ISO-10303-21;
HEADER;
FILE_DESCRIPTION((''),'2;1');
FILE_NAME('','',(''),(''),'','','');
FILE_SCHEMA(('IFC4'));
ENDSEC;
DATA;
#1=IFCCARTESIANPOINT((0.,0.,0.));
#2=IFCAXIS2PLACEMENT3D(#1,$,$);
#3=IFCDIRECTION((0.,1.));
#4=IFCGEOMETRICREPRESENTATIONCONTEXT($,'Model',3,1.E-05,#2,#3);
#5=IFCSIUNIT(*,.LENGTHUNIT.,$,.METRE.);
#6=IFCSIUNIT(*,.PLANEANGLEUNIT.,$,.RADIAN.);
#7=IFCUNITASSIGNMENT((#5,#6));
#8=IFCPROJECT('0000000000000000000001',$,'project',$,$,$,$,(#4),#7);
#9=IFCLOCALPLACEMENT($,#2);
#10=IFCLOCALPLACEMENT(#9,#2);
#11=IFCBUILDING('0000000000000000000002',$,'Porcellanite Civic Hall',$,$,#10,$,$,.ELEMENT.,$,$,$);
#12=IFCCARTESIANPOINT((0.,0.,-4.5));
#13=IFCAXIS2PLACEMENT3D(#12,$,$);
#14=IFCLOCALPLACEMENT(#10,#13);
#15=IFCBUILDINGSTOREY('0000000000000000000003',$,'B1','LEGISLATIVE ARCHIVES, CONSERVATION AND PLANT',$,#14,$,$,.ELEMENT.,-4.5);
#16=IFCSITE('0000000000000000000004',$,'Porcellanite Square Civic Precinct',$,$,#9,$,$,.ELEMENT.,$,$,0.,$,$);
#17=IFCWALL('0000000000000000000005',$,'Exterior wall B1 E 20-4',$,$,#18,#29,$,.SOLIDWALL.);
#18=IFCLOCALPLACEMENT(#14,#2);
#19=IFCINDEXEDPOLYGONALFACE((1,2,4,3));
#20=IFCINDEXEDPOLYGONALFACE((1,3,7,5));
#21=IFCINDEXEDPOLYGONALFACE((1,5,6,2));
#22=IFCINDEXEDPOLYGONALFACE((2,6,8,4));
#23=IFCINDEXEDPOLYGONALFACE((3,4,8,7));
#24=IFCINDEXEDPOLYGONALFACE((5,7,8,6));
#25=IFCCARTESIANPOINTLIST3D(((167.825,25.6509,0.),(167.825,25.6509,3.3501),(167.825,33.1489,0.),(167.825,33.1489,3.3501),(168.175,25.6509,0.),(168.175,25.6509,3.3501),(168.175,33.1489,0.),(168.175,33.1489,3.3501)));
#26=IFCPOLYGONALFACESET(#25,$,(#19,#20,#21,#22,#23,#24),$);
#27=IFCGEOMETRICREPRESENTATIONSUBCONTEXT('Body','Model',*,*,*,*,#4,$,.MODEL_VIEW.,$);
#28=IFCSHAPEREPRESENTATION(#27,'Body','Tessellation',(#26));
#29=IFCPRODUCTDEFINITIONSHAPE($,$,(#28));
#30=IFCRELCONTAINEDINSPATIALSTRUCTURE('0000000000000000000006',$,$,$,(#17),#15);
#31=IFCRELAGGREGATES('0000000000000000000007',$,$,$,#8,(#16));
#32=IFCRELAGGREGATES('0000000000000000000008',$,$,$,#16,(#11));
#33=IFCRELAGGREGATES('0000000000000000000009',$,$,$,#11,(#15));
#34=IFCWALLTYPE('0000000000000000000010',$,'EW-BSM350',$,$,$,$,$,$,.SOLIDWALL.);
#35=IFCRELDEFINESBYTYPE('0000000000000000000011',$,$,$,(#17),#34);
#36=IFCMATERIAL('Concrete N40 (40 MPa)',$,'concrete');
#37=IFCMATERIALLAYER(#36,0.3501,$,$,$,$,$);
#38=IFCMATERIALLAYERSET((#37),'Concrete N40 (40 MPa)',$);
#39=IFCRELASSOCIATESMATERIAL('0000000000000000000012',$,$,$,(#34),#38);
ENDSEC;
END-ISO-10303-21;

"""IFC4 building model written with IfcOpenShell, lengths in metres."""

from ifc_helpers import new_model, si_unit, direction, frame, frame_2d, origin, place, context, subcontext, project, spatial, rectangle, extrude, material, layer, layer_set, type_object, element, save


model = new_model("IFC4")

# Units and contexts
model_context = context("Model", 3, precision=1e-05, world=origin(), true_north=direction((0.0, 1.0)))
body_context = subcontext(model_context, "Body", "Model", "MODEL_VIEW")
ifc_project = project(units=[si_unit("LENGTHUNIT", "METRE"), si_unit("PLANEANGLEUNIT", "RADIAN")], contexts=[model_context])

# Site, building, storey
site_placement = place(None, origin())
site = spatial("IfcSite", under=ifc_project, at=site_placement, Name="Porcellanite Square Civic Precinct", CompositionType="ELEMENT", RefElevation=0.0)
building_placement = place(site_placement, origin())
building = spatial("IfcBuilding", under=site, at=building_placement, Name="Porcellanite Civic Hall", CompositionType="ELEMENT")
storey_placement = place(building_placement, frame((0.0, 0.0, -4.5)))
storey = spatial("IfcBuildingStorey", under=building, at=storey_placement, Name="B1", Description="LEGISLATIVE ARCHIVES, CONSERVATION AND PLANT", CompositionType="ELEMENT", Elevation=-4.5)

# Wall
ifc_material_1 = material(Name="Concrete N40 (40 MPa)", Category="concrete")
ifc_layer = layer(ifc_material_1, 0.3501)
ifc_layer_set = layer_set([ifc_layer], Name="Concrete N40 (40 MPa)")
wall_type = type_object("IfcWallType", Name="EW-BSM350", PredefinedType="SOLIDWALL", material=ifc_layer_set)
wall_placement = place(storey_placement, frame((168.0, 33.1489, 0.0), z_axis=(0.0, 0.0, 1.0), x_axis=(0.0, -1.0, 0.0)))
element("IfcWall", 1, at=wall_placement, inside=storey, type_object=wall_type, Name="Exterior wall B1 E 20-4", PredefinedType="SOLIDWALL", context=body_context, shape_type="SweptSolid", body=[
    extrude(rectangle(XDim=7.498, YDim=0.3501, at=frame_2d((3.749, 0.0))), origin(), (0.0, 0.0, 1.0), 3.3501),
])

save(model, "model.ifc")
